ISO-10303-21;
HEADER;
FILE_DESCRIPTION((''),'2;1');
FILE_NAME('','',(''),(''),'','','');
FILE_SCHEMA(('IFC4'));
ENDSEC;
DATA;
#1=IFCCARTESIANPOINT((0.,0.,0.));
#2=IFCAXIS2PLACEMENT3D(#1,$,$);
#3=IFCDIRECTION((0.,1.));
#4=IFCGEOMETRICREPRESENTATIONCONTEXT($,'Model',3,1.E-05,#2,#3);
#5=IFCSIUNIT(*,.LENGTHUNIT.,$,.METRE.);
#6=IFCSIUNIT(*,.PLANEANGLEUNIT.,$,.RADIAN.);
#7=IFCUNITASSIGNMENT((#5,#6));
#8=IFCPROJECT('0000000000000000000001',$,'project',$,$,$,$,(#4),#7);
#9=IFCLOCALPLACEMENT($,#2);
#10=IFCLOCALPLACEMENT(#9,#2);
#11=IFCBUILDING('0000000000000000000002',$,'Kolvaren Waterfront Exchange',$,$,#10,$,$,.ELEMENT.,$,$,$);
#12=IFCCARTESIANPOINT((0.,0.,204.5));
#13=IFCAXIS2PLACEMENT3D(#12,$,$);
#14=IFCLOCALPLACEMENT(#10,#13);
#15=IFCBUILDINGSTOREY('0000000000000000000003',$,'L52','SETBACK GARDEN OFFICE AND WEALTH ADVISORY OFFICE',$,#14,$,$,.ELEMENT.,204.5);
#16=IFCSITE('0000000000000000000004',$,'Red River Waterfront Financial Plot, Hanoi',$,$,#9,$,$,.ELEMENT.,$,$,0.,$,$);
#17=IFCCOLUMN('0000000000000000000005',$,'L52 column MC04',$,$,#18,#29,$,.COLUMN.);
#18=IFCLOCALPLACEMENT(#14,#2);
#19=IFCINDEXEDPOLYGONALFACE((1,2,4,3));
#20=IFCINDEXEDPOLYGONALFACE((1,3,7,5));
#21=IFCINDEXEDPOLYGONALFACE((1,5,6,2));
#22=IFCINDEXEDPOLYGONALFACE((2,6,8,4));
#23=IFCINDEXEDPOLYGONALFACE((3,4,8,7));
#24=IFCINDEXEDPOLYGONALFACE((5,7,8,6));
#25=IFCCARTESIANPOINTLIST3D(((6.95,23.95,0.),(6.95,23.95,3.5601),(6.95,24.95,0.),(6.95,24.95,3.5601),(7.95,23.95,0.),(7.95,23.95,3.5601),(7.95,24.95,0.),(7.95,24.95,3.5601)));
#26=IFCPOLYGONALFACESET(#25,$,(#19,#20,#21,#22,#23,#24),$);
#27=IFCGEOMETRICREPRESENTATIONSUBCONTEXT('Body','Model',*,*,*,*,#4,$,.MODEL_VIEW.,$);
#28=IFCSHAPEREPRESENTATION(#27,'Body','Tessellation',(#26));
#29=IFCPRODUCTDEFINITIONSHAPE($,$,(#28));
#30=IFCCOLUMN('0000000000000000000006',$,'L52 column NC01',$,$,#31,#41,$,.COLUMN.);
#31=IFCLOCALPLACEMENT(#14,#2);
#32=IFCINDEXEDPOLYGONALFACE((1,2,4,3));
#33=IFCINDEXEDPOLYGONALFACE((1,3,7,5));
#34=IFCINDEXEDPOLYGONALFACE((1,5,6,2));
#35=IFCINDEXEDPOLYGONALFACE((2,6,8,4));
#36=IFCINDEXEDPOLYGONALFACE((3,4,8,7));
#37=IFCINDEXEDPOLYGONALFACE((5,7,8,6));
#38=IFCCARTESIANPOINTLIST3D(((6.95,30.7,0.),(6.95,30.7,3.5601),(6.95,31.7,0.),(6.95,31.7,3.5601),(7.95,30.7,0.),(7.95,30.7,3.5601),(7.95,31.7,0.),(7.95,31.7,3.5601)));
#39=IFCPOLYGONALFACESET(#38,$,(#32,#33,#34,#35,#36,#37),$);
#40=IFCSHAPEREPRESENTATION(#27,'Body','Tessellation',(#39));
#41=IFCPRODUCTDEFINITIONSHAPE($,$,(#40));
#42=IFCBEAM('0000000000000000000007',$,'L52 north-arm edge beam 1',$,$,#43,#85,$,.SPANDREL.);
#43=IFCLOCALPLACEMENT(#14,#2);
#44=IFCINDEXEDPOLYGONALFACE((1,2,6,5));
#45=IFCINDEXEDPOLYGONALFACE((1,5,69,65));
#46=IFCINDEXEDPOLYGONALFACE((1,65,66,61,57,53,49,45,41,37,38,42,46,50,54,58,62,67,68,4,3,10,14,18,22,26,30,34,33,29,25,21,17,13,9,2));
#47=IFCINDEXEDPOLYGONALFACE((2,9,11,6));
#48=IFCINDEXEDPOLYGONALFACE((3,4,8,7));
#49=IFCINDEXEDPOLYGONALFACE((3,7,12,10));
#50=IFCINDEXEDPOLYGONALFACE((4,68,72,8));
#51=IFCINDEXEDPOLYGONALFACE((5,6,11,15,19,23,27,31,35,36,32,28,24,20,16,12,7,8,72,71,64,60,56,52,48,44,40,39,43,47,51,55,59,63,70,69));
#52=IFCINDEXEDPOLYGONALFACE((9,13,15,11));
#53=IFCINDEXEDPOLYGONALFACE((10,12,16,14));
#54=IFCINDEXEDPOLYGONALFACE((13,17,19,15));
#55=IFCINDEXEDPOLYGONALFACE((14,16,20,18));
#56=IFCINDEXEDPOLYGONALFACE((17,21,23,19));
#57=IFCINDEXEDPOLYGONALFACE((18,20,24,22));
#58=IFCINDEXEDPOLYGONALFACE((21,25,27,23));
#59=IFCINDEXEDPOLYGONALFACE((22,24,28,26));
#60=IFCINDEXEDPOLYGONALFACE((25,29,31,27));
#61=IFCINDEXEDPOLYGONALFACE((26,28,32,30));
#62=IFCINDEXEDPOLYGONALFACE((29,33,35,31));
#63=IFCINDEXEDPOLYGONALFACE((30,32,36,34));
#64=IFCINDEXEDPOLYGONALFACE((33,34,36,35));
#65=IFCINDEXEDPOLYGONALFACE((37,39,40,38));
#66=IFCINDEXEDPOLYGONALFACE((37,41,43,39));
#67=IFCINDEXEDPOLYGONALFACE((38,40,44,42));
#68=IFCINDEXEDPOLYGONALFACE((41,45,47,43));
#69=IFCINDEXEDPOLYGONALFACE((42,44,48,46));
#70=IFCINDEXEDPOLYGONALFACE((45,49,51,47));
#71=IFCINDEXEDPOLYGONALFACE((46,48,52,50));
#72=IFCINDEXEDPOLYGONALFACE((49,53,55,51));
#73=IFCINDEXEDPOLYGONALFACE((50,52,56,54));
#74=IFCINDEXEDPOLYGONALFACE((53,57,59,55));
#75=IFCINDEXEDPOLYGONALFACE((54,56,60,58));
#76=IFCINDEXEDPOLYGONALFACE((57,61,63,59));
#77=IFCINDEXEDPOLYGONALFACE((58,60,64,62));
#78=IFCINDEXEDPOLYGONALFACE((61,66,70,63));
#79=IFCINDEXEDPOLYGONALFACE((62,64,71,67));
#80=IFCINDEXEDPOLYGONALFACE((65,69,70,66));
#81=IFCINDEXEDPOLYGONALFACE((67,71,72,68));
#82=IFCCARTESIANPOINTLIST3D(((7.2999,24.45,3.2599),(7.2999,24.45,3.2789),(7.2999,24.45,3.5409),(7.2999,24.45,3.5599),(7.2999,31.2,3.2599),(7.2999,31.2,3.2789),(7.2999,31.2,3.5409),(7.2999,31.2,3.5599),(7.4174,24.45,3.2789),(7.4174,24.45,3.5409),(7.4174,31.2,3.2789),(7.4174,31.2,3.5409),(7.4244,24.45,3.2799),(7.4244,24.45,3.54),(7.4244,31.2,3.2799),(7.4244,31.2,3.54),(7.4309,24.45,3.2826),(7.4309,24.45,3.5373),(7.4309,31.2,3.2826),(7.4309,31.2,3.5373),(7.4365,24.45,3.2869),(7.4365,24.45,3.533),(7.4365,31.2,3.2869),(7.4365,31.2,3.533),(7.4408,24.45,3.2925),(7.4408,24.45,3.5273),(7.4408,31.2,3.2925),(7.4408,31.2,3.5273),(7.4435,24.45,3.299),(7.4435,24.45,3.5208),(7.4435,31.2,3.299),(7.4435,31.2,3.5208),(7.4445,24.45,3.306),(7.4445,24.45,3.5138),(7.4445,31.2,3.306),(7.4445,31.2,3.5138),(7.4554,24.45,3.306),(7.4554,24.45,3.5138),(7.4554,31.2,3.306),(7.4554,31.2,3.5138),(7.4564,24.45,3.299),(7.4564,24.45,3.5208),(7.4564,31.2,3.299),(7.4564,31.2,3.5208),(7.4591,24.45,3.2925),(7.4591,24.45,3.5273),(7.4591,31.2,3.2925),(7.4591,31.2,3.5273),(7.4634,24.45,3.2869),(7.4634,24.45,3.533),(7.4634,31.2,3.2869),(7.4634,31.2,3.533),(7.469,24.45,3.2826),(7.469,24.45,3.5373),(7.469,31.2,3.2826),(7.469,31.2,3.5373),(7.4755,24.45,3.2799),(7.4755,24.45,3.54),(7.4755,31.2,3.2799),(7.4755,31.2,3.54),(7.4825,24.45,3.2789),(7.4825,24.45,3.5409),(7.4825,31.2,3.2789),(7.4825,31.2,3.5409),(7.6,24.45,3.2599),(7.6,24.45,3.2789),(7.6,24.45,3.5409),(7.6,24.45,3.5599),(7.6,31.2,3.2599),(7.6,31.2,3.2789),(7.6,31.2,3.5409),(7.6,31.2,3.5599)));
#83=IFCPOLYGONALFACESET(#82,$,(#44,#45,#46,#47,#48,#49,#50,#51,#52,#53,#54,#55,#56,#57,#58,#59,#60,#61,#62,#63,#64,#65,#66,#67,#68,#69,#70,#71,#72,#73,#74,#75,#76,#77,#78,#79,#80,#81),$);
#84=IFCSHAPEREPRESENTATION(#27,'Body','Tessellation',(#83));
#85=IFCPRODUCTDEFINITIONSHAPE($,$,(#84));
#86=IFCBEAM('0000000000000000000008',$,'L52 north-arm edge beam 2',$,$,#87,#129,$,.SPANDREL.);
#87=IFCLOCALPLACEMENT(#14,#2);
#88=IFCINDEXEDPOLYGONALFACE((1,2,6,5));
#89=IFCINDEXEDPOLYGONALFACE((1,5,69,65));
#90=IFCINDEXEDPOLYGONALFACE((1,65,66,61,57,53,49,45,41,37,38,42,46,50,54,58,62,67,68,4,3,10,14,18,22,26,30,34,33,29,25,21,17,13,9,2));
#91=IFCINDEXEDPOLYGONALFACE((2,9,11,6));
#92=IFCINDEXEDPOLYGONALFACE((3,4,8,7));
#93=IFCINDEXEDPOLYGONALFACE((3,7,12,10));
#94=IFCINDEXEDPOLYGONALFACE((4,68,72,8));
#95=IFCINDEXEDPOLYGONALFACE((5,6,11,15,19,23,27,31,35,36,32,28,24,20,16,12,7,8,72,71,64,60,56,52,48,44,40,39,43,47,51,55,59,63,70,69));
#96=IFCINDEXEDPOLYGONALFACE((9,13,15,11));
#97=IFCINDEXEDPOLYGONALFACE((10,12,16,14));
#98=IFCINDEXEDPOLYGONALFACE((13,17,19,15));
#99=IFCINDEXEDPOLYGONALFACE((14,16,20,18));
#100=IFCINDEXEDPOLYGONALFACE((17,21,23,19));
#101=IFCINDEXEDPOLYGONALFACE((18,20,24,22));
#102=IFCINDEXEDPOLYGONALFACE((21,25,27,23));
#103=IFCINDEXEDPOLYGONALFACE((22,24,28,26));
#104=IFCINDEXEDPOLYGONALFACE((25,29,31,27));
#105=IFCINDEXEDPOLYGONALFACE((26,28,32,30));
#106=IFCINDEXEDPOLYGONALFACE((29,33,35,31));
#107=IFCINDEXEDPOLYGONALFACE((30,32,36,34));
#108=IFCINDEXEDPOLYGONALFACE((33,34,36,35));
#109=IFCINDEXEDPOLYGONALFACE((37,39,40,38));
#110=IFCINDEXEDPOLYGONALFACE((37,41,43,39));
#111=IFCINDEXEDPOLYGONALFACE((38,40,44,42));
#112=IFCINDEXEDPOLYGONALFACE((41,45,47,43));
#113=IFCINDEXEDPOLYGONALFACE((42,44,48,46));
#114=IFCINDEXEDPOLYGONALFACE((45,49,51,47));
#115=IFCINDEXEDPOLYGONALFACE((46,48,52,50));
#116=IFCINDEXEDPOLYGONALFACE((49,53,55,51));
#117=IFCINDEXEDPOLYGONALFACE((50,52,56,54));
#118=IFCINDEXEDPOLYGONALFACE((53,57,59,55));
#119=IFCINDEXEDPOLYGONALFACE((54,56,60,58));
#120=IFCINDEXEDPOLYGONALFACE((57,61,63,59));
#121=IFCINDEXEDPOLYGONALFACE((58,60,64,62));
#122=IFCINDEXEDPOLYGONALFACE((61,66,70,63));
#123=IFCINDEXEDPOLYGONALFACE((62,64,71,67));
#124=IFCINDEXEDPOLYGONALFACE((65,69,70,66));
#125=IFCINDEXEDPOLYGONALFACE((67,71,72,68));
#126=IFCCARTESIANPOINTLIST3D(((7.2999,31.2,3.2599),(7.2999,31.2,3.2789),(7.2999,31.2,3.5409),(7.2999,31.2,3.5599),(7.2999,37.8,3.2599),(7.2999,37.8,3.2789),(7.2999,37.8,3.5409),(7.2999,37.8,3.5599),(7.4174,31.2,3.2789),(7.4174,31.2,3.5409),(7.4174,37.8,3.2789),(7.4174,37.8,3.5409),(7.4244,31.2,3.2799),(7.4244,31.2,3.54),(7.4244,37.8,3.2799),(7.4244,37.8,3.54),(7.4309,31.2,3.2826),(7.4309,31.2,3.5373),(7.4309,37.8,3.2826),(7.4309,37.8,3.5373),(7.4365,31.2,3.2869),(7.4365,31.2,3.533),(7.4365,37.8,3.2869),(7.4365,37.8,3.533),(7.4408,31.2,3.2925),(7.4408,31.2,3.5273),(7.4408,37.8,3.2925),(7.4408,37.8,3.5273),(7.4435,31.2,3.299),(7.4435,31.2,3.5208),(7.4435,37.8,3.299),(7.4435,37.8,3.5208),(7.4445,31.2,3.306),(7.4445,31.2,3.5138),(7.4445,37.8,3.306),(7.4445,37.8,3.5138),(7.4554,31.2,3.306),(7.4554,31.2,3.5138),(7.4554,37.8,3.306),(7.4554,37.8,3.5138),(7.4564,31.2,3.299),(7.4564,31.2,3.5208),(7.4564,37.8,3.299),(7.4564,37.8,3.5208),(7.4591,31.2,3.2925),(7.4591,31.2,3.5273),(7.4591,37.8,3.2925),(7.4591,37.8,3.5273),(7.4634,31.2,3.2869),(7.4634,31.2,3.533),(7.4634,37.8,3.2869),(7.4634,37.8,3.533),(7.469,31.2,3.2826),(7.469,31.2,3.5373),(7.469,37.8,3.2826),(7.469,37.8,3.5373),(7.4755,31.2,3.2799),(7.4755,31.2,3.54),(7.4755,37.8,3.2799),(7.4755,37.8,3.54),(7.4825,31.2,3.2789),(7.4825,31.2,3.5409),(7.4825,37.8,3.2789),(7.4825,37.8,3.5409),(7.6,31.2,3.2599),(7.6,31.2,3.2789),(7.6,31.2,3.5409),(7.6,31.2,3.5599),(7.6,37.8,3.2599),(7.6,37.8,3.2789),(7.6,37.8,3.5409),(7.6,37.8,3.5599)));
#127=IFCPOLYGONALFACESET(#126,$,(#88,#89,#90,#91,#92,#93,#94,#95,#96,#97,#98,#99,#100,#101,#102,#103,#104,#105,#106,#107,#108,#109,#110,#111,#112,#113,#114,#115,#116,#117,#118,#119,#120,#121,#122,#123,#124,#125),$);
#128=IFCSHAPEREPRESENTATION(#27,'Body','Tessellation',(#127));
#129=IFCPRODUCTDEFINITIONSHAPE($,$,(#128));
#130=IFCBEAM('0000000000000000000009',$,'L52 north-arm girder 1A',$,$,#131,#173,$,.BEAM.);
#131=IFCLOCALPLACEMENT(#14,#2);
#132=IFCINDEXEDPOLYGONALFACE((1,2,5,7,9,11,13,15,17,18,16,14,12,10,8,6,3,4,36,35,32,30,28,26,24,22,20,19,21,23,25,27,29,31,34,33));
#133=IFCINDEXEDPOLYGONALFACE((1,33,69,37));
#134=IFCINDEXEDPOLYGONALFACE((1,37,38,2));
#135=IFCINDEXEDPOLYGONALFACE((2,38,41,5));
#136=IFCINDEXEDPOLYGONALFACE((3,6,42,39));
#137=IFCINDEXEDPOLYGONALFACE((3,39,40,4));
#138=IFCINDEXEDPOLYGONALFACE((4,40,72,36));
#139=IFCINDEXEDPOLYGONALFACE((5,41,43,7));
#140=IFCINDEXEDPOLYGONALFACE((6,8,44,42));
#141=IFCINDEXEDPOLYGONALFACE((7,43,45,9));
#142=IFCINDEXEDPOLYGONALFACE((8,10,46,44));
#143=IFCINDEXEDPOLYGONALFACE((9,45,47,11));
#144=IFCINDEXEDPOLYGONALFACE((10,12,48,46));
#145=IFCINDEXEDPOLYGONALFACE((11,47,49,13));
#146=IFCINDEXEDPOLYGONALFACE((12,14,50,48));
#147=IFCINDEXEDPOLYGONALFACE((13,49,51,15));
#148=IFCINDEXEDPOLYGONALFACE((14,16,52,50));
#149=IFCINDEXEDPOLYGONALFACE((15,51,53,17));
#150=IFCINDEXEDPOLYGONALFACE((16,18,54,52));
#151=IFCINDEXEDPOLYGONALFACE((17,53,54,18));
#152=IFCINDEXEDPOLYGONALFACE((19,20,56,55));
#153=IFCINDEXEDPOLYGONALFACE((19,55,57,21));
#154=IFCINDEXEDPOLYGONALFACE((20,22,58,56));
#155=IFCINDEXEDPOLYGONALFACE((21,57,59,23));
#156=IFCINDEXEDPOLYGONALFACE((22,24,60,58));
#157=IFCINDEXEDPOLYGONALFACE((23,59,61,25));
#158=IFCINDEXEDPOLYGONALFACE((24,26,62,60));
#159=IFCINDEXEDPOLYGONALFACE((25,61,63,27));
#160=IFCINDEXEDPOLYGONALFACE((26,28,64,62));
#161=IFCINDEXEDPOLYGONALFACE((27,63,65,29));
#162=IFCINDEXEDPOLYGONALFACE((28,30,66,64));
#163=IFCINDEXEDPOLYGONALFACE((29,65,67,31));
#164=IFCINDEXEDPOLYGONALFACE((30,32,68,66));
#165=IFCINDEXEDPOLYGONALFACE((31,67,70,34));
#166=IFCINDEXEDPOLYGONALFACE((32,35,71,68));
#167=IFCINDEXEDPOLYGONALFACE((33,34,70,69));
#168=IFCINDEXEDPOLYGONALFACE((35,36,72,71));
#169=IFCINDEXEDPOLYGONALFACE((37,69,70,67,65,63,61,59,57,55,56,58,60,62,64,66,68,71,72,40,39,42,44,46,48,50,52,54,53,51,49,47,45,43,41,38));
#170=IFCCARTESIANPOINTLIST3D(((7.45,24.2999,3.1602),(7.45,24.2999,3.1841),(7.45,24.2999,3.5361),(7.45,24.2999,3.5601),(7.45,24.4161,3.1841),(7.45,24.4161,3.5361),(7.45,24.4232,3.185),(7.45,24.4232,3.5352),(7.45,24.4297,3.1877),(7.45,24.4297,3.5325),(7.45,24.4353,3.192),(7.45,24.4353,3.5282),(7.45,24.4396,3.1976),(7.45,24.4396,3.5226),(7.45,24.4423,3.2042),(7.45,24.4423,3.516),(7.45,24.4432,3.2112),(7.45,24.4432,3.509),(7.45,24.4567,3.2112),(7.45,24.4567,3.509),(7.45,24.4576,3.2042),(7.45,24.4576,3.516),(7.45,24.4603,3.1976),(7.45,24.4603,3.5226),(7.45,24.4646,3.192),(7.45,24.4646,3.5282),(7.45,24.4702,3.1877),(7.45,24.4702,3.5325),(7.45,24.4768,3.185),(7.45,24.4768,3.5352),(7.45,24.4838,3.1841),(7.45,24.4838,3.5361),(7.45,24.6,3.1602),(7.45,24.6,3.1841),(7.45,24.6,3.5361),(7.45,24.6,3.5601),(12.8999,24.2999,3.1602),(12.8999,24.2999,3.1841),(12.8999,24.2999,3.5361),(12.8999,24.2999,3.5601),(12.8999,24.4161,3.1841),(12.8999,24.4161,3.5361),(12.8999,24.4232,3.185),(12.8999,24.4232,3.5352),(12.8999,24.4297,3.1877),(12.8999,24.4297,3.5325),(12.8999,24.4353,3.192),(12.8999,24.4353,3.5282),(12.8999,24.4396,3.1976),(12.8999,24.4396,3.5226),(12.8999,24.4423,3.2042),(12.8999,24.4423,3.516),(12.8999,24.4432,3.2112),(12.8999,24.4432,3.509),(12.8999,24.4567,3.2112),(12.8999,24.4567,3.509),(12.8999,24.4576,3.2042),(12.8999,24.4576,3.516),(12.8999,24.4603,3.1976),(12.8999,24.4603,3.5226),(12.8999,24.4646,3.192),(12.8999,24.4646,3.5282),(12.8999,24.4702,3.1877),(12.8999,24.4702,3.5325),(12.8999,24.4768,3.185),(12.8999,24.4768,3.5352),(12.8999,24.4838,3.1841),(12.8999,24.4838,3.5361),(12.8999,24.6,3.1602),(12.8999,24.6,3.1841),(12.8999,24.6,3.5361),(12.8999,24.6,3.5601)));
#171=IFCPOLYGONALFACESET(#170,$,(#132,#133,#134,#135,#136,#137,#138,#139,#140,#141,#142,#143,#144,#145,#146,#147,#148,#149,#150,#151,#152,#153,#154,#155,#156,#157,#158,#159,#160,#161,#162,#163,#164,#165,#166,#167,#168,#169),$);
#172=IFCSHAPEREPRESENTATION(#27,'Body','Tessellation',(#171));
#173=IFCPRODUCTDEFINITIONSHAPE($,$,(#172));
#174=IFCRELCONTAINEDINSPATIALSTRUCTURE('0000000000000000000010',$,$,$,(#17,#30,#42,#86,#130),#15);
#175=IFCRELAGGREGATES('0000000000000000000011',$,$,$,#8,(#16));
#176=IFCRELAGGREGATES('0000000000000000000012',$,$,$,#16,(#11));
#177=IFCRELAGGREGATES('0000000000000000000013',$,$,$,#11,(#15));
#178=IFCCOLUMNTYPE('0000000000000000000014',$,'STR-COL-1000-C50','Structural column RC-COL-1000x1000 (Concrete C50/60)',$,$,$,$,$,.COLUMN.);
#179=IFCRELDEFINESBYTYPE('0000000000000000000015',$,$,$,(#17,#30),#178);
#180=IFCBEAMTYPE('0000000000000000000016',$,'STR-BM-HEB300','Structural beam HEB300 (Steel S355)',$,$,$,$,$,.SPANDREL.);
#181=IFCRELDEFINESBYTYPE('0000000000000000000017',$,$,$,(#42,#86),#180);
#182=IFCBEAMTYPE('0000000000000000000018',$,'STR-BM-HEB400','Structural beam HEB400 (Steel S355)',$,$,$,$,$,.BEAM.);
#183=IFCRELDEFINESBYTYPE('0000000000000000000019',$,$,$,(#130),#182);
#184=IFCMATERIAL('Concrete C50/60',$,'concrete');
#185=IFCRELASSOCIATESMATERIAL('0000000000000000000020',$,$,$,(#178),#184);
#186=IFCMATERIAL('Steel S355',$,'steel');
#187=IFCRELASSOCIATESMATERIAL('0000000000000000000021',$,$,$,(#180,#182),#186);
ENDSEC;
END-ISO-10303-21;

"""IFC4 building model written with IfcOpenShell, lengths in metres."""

from ifc_helpers import new_model, si_unit, direction, frame, origin, origin_2d, place, context, subcontext, project, spatial, rectangle, i_section, extrude, material, material_profile, profile_set, type_object, element, save


model = new_model("IFC4")

# Units and contexts
model_context = context("Model", 3, precision=1e-05, world=origin(), true_north=direction((0.0, 1.0)))
body_context = subcontext(model_context, "Body", "Model", "MODEL_VIEW")
ifc_project = project(units=[si_unit("LENGTHUNIT", "METRE"), si_unit("PLANEANGLEUNIT", "RADIAN")], contexts=[model_context])

# Site, building, storey
site_placement = place(None, origin())
site = spatial("IfcSite", under=ifc_project, at=site_placement, Name="Red River Waterfront Financial Plot, Hanoi", CompositionType="ELEMENT", RefElevation=0.0)
building_placement = place(site_placement, origin())
building = spatial("IfcBuilding", under=site, at=building_placement, Name="Kolvaren Waterfront Exchange", CompositionType="ELEMENT")
storey_placement = place(building_placement, frame((0.0, 0.0, 204.5)))
storey = spatial("IfcBuildingStorey", under=building, at=storey_placement, Name="L52", Description="SETBACK GARDEN OFFICE AND WEALTH ADVISORY OFFICE", CompositionType="ELEMENT", Elevation=204.5)

# Columns
ifc_material_1 = material(Name="Concrete C50/60", Category="concrete")
ifc_material_profile_1 = material_profile(ifc_material_1, rectangle(XDim=1.0, YDim=1.0, at=origin_2d()), Name="RC-COL-1000x1000")
ifc_profile_set_1 = profile_set([ifc_material_profile_1], Name="Concrete C50/60")
column_type = type_object("IfcColumnType", Name="STR-COL-1000-C50", Description="Structural column RC-COL-1000x1000 (Concrete C50/60)", PredefinedType="COLUMN", material=ifc_profile_set_1)
for number, where, z_axis, x_axis, name in (
    (1, (7.45, 24.45, 0.0), (0.0, 0.0, 1.0), (1.0, 0.0, 0.0), "L52 column MC04"),
    (2, (7.45, 31.2, 0.0), (0.0, 0.0, 1.0), (1.0, 0.0, 0.0), "L52 column NC01"),
):
    element("IfcColumn", number, at=place(storey_placement, frame(where, z_axis=z_axis, x_axis=x_axis)), inside=storey, type_object=column_type, Name=name, PredefinedType="COLUMN", context=body_context, shape_type="SweptSolid", body=[
        extrude(rectangle(XDim=1.0, YDim=1.0, at=origin_2d()), origin(), (0.0, 0.0, 1.0), 3.5601),
    ])

# Beams
ifc_material_2 = material(Name="Steel S355", Category="steel")
ifc_material_profile_2 = material_profile(ifc_material_2, i_section(OverallWidth=0.3, OverallDepth=0.3, WebThickness=0.011, FlangeThickness=0.019, FilletRadius=0.0271, at=origin_2d()), Name="HEB300")
ifc_profile_set_2 = profile_set([ifc_material_profile_2], Name="Steel S355")
beam_type_1 = type_object("IfcBeamType", Name="STR-BM-HEB300", Description="Structural beam HEB300 (Steel S355)", PredefinedType="SPANDREL", material=ifc_profile_set_2)
beam_1_placement = place(storey_placement, frame((7.45, 24.45, 3.4099), z_axis=(0.0, 1.0, 0.0), x_axis=(-1.0, 0.0, 0.0)))
element("IfcBeam", 3, at=beam_1_placement, inside=storey, type_object=beam_type_1, Name="L52 north-arm edge beam 1", PredefinedType="SPANDREL", context=body_context, shape_type="SweptSolid", body=[
    extrude(i_section(OverallWidth=0.3, OverallDepth=0.3, WebThickness=0.011, FlangeThickness=0.019, FilletRadius=0.0271, at=origin_2d()), origin(), (0.0, 0.0, 1.0), 6.75),
])
beam_2_placement = place(storey_placement, frame((7.45, 31.2, 3.4099), z_axis=(0.0, 1.0, 0.0), x_axis=(-1.0, 0.0, 0.0)))
element("IfcBeam", 4, at=beam_2_placement, inside=storey, type_object=beam_type_1, Name="L52 north-arm edge beam 2", PredefinedType="SPANDREL", context=body_context, shape_type="SweptSolid", body=[
    extrude(i_section(OverallWidth=0.3, OverallDepth=0.3, WebThickness=0.011, FlangeThickness=0.019, FilletRadius=0.0271, at=origin_2d()), origin(), (0.0, 0.0, 1.0), 6.6001),
])
ifc_material_profile_3 = material_profile(ifc_material_2, i_section(OverallWidth=0.3, OverallDepth=0.3999, WebThickness=0.0134, FlangeThickness=0.0239, FilletRadius=0.0271, at=origin_2d()), Name="HEB400")
ifc_profile_set_3 = profile_set([ifc_material_profile_3], Name="Steel S355")
beam_type_2 = type_object("IfcBeamType", Name="STR-BM-HEB400", Description="Structural beam HEB400 (Steel S355)", PredefinedType="BEAM", material=ifc_profile_set_3)
for number, where, z_axis, x_axis, name in (
    (5, (7.45, 24.45, 3.3601), (1.0, 0.0, 0.0), (0.0, 1.0, 0.0), "L52 north-arm girder 1A"),
):
    element("IfcBeam", number, at=place(storey_placement, frame(where, z_axis=z_axis, x_axis=x_axis)), inside=storey, type_object=beam_type_2, Name=name, PredefinedType="BEAM", context=body_context, shape_type="SweptSolid", body=[
        extrude(i_section(OverallWidth=0.3, OverallDepth=0.3999, WebThickness=0.0134, FlangeThickness=0.0239, FilletRadius=0.0271, at=origin_2d()), origin(), (0.0, 0.0, 1.0), 5.45),
    ])

save(model, "model.ifc")
